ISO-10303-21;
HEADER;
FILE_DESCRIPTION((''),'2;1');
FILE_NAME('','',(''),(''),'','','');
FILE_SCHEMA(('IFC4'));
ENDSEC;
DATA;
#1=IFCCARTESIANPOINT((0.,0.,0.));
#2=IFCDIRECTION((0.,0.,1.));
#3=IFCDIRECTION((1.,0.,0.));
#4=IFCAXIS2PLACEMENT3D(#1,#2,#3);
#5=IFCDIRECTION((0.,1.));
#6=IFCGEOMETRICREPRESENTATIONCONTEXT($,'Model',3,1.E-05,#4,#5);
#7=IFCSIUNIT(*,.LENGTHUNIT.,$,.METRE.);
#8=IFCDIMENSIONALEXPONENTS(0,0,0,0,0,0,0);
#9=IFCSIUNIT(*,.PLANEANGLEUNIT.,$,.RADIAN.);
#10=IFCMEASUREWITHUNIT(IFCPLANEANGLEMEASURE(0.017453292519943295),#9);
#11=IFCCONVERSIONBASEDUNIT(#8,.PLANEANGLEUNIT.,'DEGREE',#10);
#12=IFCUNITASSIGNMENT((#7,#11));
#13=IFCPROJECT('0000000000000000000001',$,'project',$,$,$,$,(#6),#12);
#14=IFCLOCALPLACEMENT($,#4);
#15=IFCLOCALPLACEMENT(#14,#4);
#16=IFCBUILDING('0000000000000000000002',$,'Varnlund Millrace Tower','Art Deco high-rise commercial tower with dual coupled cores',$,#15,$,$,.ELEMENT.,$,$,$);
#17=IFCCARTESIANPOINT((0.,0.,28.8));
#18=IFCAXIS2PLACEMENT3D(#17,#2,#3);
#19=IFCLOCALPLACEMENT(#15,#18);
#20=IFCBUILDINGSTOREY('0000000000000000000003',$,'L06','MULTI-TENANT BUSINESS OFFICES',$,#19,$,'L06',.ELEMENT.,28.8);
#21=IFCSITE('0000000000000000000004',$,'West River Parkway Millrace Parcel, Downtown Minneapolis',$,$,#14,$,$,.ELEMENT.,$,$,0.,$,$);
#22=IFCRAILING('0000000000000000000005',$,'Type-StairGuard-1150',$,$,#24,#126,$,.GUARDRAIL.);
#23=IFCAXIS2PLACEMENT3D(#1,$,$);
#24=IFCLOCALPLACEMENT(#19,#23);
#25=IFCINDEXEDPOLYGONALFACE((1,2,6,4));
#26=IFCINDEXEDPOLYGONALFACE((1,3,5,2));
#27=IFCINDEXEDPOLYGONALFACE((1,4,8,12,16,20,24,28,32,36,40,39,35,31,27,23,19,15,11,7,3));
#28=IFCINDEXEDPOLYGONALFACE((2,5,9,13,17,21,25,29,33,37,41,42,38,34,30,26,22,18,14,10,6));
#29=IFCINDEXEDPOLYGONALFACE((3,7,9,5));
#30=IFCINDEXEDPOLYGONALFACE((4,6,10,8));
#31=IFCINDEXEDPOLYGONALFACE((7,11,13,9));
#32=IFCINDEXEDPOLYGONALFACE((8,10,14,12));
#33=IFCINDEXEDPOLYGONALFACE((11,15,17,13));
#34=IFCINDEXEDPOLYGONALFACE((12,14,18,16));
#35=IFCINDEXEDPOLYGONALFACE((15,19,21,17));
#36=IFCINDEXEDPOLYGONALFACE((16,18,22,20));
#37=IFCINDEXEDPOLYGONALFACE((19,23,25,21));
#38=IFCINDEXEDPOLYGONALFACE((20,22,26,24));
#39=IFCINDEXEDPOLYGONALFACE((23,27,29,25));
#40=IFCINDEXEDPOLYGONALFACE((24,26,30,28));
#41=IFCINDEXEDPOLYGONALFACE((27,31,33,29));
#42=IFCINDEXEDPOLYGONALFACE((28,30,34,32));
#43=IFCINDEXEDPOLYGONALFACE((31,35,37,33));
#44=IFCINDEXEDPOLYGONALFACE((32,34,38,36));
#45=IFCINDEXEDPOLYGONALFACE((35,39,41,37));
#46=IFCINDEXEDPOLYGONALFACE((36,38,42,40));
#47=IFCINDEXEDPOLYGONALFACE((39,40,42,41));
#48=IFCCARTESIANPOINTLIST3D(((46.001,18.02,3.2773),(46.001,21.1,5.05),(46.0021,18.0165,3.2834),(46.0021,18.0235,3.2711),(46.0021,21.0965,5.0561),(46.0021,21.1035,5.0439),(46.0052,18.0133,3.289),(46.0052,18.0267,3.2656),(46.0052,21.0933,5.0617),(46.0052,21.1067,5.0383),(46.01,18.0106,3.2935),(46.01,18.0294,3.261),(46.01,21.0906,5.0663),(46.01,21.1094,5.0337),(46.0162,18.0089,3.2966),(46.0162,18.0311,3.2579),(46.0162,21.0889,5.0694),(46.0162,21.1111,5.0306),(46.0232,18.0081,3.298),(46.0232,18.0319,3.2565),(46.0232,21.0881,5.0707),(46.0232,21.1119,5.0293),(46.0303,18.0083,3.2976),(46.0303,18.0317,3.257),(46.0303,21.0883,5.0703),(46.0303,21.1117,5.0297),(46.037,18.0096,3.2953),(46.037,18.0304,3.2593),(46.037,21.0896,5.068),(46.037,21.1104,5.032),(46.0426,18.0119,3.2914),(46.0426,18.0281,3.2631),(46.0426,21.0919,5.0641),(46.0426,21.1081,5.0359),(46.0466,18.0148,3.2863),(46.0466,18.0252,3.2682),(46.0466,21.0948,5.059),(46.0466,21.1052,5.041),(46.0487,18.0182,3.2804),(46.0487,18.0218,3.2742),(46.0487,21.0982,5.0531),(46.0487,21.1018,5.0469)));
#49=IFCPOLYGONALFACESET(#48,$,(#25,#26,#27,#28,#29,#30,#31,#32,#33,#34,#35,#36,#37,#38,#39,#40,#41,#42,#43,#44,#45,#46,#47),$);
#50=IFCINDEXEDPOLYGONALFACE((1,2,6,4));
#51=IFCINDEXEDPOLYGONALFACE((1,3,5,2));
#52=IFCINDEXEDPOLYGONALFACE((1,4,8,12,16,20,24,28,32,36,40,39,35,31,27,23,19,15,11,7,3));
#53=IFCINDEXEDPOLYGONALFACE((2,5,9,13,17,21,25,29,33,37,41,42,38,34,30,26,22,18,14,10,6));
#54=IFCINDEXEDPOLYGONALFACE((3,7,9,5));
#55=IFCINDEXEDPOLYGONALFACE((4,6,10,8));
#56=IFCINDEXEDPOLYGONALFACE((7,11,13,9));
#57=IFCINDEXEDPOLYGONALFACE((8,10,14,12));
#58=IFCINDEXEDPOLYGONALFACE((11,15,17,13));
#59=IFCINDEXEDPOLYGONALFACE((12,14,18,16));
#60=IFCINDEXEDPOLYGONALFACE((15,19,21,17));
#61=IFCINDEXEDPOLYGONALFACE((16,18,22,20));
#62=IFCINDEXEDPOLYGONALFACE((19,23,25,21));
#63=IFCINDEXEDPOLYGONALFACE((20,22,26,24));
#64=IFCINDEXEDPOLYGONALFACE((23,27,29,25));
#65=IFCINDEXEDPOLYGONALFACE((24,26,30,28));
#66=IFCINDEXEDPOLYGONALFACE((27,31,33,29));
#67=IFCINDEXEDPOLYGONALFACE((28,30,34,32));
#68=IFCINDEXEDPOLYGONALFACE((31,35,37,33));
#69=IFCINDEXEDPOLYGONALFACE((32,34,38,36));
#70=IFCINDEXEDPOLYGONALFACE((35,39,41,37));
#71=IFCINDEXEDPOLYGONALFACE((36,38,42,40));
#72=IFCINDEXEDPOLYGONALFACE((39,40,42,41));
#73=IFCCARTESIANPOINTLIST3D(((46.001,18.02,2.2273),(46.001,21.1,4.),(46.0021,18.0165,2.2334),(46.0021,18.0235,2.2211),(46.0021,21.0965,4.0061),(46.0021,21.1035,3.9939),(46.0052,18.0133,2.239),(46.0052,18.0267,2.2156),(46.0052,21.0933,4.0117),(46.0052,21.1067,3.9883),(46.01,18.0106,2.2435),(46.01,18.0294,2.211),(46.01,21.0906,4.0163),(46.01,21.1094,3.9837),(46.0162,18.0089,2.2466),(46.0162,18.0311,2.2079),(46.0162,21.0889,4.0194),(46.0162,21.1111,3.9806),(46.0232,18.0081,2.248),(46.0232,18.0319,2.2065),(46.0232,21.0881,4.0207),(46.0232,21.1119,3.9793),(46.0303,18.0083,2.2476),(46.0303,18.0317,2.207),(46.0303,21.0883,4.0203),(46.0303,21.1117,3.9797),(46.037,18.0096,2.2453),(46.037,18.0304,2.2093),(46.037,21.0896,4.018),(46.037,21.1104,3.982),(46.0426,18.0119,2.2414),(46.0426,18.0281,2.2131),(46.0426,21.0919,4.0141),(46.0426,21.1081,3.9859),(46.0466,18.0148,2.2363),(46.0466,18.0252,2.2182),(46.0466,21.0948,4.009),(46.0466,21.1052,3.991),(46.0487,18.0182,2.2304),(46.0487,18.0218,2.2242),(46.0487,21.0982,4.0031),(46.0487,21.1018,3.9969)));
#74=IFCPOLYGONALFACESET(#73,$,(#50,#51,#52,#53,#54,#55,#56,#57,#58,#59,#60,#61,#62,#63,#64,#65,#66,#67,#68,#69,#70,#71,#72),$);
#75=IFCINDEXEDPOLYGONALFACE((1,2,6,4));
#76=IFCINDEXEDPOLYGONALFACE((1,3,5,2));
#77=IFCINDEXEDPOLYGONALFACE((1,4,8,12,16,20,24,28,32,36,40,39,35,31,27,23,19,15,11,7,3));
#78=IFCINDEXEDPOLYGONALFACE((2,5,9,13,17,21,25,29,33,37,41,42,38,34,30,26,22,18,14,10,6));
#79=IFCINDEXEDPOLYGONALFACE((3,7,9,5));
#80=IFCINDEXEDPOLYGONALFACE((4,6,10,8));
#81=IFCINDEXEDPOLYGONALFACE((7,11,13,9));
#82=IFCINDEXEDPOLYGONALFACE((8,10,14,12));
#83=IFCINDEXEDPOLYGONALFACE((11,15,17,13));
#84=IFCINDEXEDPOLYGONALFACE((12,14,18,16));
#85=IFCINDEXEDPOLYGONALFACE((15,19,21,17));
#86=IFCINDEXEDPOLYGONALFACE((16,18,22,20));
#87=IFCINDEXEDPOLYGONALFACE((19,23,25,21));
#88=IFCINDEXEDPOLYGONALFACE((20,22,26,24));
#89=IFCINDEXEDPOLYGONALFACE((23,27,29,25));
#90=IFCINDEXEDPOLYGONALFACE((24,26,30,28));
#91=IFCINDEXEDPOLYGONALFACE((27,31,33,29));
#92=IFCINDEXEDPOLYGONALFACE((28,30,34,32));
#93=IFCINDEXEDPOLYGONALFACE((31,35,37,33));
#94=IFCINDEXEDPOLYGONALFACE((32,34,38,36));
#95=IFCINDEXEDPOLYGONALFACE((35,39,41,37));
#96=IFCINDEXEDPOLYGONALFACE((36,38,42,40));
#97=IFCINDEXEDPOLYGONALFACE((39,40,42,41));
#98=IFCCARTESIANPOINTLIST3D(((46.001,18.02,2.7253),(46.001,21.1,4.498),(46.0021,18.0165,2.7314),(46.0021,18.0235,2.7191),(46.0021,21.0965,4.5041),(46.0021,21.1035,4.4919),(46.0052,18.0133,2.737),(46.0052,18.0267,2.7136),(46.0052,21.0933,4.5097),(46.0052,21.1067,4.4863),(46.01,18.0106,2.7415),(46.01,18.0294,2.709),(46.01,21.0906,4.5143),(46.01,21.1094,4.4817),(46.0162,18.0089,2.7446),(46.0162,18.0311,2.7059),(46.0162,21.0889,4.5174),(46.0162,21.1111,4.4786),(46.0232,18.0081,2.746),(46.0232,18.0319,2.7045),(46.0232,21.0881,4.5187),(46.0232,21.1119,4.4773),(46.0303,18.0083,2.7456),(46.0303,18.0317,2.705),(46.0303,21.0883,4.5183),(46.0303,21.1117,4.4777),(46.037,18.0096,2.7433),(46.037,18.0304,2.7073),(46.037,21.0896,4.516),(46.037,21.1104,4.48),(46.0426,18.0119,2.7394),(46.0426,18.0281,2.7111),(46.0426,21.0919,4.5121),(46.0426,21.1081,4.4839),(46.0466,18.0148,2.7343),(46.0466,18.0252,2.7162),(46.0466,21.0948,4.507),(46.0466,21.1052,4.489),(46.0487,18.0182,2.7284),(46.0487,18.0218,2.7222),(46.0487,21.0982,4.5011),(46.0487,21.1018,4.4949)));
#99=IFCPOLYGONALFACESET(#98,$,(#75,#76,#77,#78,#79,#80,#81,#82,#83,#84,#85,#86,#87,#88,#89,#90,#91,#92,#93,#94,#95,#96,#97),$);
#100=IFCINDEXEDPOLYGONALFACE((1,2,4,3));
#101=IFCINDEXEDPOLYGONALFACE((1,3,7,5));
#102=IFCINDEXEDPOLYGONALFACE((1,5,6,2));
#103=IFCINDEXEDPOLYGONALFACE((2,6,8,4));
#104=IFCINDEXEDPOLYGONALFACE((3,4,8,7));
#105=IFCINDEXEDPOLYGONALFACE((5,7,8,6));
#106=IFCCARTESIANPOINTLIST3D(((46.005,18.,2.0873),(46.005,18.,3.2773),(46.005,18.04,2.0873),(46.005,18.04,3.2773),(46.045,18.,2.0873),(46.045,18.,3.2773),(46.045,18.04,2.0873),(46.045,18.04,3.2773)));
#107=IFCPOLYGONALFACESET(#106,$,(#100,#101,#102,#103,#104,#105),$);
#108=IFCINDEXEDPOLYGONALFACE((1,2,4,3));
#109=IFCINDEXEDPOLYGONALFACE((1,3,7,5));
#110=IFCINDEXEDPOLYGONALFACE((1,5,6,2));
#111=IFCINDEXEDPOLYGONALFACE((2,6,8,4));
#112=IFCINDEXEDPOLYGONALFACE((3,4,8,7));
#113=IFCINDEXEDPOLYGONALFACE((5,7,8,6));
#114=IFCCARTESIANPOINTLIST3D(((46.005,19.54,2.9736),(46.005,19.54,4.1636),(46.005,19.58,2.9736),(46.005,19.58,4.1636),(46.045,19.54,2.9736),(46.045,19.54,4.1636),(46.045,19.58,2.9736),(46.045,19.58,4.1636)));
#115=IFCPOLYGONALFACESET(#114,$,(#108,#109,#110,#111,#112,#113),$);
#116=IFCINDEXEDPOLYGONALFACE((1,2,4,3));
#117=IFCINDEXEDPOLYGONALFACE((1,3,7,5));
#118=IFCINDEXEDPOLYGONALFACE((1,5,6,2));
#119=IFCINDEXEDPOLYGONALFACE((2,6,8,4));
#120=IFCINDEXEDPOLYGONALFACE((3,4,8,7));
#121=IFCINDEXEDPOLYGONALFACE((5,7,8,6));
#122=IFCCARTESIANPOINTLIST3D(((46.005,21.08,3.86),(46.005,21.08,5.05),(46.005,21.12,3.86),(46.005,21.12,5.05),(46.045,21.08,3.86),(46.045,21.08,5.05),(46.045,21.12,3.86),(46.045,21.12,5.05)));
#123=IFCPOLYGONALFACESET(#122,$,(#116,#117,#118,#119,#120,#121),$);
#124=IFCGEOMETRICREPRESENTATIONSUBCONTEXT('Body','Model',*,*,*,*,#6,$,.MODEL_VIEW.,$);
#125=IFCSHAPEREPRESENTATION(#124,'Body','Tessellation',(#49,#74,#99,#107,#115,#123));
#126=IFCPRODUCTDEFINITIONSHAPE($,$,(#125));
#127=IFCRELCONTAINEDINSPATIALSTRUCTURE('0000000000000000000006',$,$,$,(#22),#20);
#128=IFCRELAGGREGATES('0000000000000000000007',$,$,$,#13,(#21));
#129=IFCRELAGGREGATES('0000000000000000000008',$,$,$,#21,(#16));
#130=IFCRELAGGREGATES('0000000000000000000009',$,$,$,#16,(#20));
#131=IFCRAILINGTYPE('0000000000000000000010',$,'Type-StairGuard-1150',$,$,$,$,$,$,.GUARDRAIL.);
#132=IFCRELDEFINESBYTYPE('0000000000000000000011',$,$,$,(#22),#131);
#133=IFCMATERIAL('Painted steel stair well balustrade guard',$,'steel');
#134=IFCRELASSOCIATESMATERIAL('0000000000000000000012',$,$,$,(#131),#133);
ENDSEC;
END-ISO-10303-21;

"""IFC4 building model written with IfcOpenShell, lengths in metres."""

from ifc_helpers import new_model, entity, si_unit, converted_unit, direction, frame, origin_with_axes, origin_2d_with_axis, place, context, subcontext, project, spatial, rectangle, circle, extrude, material, type_object, element, save


model = new_model("IFC4")

# Units and contexts
model_context = context("Model", 3, precision=1e-05, world=origin_with_axes(), true_north=direction((0.0, 1.0)))
body_context = subcontext(model_context, "Body", "Model", "MODEL_VIEW")
ifc_project = project(units=[si_unit("LENGTHUNIT", "METRE"), converted_unit("PLANEANGLEUNIT", "DEGREE", entity("IfcPlaneAngleMeasure", 0.017453292519943295), si_unit("PLANEANGLEUNIT", "RADIAN"), dimensions=[0, 0, 0, 0, 0, 0, 0])], contexts=[model_context])

# Site, building, storey
site_placement = place(None, origin_with_axes())
site = spatial("IfcSite", under=ifc_project, at=site_placement, Name="West River Parkway Millrace Parcel, Downtown Minneapolis", CompositionType="ELEMENT", RefElevation=0.0)
building_placement = place(site_placement, origin_with_axes())
building = spatial("IfcBuilding", under=site, at=building_placement, Name="Varnlund Millrace Tower", Description="Art Deco high-rise commercial tower with dual coupled cores", CompositionType="ELEMENT")
storey_placement = place(building_placement, frame((0.0, 0.0, 28.8), z_axis=(0.0, 0.0, 1.0), x_axis=(1.0, 0.0, 0.0)))
storey = spatial("IfcBuildingStorey", under=building, at=storey_placement, Name="L06", Description="MULTI-TENANT BUSINESS OFFICES", LongName="L06", CompositionType="ELEMENT", Elevation=28.8)

# Railing
ifc_material_1 = material(Name="Painted steel stair well balustrade guard", Category="steel")
railing_type_1 = type_object("IfcRailingType", Name="Type-StairGuard-1150", PredefinedType="GUARDRAIL", material=ifc_material_1)
railing_1_placement = place(storey_placement, frame((0.0, 0.0, -28.8), z_axis=(0.0, 0.0, 1.0), x_axis=(1.0, 0.0, 0.0)))
element("IfcRailing", 1, at=railing_1_placement, inside=storey, type_object=railing_type_1, Name="Type-StairGuard-1150", PredefinedType="GUARDRAIL", context=body_context, shape_type="SweptSolid", body=[
    extrude(circle(Radius=0.024, at=origin_2d_with_axis()), frame((46.025, 18.02, 32.0773), z_axis=(0.0, 0.866696, 0.498836), x_axis=(-1.0, 0.0, 0.0)), (0.0, 0.0, 1.0), 3.5537),
    extrude(circle(Radius=0.024, at=origin_2d_with_axis()), frame((46.025, 18.02, 31.0273), z_axis=(0.0, 0.866696, 0.498836), x_axis=(-1.0, 0.0, 0.0)), (0.0, 0.0, 1.0), 3.5537),
    extrude(circle(Radius=0.024, at=origin_2d_with_axis()), frame((46.025, 18.02, 31.5253), z_axis=(0.0, 0.866696, 0.498836), x_axis=(-1.0, 0.0, 0.0)), (0.0, 0.0, 1.0), 3.5537),
    extrude(rectangle(XDim=0.04, YDim=0.04, at=origin_2d_with_axis()), frame((46.025, 18.02, 30.8873), z_axis=(0.0, 0.0, 1.0), x_axis=(1.0, 0.0, 0.0)), (0.0, 0.0, 1.0), 1.19),
    extrude(rectangle(XDim=0.04, YDim=0.04, at=origin_2d_with_axis()), frame((46.025, 19.56, 31.7736), z_axis=(0.0, 0.0, 1.0), x_axis=(1.0, 0.0, 0.0)), (0.0, 0.0, 1.0), 1.19),
    extrude(rectangle(XDim=0.04, YDim=0.04, at=origin_2d_with_axis()), frame((46.025, 21.1, 32.66), z_axis=(0.0, 0.0, 1.0), x_axis=(1.0, 0.0, 0.0)), (0.0, 0.0, 1.0), 1.19),
])

save(model, "model.ifc")
